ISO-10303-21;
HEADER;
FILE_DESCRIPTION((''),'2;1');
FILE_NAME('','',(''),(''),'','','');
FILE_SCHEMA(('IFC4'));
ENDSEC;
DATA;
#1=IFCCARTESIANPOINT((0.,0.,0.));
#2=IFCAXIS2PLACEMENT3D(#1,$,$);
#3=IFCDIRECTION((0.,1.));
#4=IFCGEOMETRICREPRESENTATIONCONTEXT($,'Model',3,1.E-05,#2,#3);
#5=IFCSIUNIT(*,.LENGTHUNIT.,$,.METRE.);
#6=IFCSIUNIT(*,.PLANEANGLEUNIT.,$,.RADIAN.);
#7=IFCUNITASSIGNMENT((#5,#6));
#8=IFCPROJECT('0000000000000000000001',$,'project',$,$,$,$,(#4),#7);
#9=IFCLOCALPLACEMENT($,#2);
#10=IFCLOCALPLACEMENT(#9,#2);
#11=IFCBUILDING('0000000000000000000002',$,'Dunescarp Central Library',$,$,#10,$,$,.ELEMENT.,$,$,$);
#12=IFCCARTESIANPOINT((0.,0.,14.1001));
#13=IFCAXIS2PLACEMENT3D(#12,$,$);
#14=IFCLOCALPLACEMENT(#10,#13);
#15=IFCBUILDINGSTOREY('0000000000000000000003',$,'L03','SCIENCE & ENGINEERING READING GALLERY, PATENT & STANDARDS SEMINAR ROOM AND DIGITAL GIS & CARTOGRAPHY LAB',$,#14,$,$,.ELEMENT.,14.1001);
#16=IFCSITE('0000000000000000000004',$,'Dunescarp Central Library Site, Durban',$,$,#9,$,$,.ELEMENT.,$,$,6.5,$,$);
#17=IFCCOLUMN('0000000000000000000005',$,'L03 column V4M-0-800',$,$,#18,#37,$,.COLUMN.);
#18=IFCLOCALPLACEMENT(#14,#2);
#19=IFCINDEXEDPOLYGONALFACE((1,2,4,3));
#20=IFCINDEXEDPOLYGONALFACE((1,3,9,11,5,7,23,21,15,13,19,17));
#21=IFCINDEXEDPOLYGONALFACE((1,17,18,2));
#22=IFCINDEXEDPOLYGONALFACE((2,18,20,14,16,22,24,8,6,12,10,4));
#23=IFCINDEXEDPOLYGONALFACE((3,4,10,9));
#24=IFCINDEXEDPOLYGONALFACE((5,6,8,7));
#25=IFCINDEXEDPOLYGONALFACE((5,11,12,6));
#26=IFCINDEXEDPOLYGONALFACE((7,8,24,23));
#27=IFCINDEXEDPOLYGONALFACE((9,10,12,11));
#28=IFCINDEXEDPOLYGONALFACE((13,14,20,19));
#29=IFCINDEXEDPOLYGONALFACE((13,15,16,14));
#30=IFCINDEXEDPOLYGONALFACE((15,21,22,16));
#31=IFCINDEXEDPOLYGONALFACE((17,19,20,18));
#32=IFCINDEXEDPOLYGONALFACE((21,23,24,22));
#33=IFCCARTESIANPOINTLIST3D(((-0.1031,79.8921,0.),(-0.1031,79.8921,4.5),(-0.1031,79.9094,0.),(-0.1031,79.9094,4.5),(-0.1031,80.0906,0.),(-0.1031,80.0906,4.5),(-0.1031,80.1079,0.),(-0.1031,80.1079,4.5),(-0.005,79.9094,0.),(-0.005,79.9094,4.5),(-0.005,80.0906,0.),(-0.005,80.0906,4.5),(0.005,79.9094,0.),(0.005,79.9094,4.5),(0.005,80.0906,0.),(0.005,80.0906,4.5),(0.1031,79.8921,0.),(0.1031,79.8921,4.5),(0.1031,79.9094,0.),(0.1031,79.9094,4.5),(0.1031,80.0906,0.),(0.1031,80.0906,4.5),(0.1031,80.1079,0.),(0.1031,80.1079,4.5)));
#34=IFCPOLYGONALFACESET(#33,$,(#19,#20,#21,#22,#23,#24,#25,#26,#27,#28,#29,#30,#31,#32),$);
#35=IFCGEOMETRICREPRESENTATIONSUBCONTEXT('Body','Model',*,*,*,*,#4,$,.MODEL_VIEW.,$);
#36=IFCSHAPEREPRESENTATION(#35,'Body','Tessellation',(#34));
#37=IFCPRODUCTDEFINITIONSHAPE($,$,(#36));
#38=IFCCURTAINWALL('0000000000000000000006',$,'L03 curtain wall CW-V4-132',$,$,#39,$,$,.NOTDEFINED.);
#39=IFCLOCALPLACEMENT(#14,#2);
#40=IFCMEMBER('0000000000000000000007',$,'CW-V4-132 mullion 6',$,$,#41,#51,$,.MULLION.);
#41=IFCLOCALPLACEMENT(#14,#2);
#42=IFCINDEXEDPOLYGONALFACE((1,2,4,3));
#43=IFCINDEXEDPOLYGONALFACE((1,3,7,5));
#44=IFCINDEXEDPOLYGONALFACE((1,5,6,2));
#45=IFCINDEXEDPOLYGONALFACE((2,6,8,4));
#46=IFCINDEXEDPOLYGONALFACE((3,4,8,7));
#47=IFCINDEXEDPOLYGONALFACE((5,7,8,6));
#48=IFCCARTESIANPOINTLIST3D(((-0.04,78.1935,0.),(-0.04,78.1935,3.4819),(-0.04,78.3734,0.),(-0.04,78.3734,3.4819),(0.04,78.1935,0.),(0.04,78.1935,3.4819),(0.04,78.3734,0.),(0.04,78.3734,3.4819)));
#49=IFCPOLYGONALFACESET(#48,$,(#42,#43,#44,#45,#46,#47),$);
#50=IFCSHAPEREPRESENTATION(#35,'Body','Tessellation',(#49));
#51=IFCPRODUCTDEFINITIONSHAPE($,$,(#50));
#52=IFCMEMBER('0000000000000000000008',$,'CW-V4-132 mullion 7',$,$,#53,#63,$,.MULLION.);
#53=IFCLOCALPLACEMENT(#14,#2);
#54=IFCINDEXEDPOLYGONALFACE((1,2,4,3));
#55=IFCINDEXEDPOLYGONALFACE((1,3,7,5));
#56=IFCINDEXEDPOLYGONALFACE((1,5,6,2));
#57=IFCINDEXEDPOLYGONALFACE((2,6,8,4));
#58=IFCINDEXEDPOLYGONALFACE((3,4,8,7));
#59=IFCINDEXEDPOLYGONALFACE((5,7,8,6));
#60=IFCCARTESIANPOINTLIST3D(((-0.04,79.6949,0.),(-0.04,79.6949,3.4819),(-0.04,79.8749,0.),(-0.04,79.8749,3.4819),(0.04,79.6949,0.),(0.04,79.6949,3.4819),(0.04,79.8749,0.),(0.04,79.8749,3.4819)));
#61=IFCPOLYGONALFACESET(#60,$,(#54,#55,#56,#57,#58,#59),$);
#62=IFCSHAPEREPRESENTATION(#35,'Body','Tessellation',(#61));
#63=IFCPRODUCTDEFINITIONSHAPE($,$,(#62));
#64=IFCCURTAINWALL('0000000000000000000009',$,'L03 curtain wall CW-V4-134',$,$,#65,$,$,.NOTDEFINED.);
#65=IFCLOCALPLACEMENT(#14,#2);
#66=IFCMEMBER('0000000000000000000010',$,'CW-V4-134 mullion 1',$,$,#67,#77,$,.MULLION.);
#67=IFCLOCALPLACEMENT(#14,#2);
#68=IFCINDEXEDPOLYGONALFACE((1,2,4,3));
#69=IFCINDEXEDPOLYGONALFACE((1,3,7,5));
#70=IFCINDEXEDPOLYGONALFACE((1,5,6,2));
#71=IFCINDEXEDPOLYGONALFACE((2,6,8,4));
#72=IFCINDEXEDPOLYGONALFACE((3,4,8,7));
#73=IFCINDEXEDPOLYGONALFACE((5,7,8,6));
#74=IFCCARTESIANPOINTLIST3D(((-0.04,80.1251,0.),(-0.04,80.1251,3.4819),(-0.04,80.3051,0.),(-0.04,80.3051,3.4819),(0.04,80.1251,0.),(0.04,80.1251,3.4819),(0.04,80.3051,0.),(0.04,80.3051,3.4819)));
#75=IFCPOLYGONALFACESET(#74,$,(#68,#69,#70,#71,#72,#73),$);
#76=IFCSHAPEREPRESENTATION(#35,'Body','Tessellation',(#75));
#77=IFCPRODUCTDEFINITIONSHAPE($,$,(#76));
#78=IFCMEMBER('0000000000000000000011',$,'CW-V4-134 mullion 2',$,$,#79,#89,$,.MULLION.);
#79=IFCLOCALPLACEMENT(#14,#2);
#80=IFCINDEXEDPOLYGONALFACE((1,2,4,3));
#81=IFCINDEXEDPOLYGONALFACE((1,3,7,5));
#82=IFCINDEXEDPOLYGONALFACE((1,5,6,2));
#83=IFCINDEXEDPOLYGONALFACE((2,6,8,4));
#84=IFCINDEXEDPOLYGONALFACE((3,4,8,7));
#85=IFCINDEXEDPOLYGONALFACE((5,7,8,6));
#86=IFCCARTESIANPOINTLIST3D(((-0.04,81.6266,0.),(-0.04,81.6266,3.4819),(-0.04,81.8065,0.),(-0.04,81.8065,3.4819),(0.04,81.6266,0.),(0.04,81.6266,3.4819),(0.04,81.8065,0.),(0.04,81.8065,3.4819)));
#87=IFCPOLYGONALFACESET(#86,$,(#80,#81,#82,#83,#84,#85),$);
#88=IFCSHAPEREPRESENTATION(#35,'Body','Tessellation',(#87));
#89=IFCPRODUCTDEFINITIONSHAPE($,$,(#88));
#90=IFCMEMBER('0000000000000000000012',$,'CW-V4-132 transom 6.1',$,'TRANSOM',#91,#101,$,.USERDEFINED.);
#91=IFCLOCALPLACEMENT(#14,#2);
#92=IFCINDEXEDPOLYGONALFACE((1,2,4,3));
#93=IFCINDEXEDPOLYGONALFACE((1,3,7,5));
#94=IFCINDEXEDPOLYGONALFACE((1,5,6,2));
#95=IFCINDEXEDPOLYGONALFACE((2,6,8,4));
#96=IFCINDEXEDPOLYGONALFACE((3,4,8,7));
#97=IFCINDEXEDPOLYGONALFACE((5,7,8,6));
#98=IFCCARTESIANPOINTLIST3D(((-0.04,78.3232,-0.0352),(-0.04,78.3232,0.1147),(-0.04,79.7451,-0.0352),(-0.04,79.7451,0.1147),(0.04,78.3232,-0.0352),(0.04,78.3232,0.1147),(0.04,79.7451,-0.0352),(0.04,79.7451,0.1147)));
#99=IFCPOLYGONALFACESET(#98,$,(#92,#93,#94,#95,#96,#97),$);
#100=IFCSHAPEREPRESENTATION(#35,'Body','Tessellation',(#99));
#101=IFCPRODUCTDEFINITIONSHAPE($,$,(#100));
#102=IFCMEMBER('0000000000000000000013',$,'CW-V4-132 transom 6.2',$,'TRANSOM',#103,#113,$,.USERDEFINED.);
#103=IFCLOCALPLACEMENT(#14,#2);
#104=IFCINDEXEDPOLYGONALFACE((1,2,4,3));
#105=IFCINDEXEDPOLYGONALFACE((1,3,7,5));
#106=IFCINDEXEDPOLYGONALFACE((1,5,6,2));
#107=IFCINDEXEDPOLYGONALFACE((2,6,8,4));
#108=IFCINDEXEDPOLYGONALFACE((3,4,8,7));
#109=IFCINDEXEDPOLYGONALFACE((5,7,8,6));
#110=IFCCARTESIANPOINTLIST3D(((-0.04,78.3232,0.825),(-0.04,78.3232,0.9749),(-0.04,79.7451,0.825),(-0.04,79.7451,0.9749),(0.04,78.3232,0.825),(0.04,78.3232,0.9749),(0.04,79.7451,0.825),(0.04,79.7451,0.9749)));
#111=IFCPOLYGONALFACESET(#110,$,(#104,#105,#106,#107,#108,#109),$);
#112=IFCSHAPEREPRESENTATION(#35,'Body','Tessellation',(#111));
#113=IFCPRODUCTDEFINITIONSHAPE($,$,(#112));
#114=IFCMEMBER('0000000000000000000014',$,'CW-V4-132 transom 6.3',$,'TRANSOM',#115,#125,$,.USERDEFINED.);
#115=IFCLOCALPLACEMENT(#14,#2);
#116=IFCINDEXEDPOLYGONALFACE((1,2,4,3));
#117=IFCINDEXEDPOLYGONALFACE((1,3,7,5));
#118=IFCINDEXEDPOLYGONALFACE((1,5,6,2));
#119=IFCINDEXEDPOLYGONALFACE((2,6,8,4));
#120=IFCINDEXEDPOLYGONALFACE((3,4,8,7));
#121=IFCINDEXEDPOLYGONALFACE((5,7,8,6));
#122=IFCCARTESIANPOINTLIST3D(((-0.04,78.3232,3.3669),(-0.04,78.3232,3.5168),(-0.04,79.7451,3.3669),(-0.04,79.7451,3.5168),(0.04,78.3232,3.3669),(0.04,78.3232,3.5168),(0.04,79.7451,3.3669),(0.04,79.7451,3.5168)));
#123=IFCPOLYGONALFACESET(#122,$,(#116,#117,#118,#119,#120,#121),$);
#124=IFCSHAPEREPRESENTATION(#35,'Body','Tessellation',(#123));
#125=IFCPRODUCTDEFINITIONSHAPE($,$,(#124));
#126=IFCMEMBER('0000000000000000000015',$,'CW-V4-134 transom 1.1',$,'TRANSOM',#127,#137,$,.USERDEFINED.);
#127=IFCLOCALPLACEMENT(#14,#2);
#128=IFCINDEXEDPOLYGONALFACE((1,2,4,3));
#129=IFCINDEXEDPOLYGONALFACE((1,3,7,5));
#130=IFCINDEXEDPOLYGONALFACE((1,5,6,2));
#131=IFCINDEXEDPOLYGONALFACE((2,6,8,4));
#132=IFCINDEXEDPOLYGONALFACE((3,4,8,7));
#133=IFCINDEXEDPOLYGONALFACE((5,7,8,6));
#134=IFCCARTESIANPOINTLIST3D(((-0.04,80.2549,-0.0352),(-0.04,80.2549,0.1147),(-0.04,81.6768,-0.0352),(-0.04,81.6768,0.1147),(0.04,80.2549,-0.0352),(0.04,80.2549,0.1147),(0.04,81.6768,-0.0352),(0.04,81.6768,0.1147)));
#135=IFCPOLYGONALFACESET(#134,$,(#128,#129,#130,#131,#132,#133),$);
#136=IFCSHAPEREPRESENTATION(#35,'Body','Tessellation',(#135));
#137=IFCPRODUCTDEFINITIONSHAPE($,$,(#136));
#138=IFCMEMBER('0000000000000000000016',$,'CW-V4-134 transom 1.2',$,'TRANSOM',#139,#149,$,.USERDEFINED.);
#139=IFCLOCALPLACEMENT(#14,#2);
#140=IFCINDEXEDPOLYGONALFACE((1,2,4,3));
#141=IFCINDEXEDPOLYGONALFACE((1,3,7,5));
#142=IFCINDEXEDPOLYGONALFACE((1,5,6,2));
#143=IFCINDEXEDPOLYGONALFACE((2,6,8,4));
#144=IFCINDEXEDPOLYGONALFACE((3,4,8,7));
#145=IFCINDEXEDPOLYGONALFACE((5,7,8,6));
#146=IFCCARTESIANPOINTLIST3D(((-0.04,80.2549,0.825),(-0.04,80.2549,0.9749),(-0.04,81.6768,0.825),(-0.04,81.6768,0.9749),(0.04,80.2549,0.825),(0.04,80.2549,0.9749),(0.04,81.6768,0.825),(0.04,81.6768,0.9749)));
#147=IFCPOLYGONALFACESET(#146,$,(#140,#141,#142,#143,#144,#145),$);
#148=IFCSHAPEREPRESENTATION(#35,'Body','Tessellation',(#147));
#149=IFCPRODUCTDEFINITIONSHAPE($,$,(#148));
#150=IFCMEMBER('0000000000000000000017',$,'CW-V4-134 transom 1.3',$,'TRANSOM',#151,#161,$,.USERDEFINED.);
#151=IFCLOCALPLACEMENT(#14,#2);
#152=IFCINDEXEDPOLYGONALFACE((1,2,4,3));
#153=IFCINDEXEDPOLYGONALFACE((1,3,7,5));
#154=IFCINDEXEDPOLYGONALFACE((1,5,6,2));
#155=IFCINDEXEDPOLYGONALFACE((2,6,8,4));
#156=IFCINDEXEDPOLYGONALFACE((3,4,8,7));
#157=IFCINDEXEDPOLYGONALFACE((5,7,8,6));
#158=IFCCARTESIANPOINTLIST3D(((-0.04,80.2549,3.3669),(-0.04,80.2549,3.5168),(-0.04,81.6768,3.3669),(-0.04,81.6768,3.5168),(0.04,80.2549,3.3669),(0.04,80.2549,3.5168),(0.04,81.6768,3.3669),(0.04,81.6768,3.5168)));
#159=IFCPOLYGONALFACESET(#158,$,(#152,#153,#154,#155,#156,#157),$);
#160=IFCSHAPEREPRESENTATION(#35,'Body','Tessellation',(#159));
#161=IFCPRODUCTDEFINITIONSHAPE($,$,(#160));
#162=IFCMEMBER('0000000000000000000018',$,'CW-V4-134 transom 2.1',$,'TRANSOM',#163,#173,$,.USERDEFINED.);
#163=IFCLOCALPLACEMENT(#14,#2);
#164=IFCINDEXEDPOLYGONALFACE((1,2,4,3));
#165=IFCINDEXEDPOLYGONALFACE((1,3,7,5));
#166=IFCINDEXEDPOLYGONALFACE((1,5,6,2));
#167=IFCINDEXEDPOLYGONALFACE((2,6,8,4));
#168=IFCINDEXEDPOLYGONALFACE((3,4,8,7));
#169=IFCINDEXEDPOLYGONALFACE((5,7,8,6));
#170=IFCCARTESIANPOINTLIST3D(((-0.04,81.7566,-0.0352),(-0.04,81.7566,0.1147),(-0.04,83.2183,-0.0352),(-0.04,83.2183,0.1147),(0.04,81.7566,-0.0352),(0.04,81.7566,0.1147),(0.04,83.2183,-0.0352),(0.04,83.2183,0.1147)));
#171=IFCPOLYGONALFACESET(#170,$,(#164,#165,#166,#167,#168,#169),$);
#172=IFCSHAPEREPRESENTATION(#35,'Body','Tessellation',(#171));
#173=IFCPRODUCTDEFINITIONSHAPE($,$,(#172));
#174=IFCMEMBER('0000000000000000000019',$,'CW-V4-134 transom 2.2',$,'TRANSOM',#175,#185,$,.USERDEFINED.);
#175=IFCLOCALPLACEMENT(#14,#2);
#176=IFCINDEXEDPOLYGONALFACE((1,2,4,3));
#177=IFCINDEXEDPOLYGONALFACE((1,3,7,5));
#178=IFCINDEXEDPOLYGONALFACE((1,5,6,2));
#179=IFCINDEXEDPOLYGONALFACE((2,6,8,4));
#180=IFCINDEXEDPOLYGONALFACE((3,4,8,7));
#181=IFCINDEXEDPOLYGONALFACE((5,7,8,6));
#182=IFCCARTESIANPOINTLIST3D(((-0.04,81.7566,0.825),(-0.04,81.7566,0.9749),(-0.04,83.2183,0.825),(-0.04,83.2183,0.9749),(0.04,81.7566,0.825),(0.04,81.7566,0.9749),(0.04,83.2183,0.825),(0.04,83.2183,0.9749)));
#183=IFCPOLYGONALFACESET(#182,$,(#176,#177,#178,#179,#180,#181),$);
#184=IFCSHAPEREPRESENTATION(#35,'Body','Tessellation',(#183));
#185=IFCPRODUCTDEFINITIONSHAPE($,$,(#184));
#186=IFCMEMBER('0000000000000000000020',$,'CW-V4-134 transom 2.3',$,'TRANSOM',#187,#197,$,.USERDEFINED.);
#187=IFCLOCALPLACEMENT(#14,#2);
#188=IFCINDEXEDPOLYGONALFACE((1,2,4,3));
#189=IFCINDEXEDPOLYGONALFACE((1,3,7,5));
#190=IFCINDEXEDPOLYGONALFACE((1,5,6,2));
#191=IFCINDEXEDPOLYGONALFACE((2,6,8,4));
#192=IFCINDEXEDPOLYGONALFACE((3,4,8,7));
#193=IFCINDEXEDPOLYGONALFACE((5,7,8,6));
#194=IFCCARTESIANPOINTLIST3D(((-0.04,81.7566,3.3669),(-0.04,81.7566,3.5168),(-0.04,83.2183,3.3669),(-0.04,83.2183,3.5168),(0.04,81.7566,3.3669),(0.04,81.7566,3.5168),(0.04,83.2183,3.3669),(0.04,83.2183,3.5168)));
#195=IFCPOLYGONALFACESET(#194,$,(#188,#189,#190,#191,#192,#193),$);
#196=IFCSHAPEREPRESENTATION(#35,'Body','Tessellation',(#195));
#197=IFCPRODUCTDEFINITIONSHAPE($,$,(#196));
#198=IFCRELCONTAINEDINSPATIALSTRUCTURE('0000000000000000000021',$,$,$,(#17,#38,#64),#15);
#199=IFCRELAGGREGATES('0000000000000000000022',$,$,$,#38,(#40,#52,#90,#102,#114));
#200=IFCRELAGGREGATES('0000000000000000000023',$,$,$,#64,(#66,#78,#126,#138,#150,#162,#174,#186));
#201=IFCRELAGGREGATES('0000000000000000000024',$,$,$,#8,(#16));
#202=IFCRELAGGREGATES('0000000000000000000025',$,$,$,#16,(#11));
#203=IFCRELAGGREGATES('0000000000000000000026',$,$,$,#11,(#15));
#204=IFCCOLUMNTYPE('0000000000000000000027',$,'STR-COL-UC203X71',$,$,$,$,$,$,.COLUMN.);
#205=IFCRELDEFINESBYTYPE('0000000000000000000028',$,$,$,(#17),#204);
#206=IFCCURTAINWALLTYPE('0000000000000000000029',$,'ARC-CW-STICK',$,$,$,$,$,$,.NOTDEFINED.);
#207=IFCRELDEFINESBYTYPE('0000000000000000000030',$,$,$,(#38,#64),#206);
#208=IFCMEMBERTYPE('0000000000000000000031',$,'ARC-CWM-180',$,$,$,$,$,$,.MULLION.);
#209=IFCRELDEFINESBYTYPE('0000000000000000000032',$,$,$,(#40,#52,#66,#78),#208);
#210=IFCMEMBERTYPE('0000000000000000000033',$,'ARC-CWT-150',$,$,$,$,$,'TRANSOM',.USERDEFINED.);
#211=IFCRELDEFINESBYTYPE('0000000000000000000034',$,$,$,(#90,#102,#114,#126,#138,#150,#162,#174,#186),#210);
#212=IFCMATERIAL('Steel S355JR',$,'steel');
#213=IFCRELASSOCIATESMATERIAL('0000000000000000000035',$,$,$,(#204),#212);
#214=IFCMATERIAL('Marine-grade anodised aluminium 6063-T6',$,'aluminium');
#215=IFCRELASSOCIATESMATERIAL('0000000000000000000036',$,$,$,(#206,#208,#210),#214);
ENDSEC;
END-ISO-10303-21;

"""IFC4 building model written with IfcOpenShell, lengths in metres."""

from ifc_helpers import new_model, si_unit, direction, frame, origin, origin_2d, place, context, subcontext, project, spatial, rectangle, i_section, extrude, material, material_profile, profile_set, type_object, element, aggregate, save


model = new_model("IFC4")

# Units and contexts
model_context = context("Model", 3, precision=1e-05, world=origin(), true_north=direction((0.0, 1.0)))
body_context = subcontext(model_context, "Body", "Model", "MODEL_VIEW")
ifc_project = project(units=[si_unit("LENGTHUNIT", "METRE"), si_unit("PLANEANGLEUNIT", "RADIAN")], contexts=[model_context])

# Site, building, storey
site_placement = place(None, origin())
site = spatial("IfcSite", under=ifc_project, at=site_placement, Name="Dunescarp Central Library Site, Durban", CompositionType="ELEMENT", RefElevation=6.5)
building_placement = place(site_placement, origin())
building = spatial("IfcBuilding", under=site, at=building_placement, Name="Dunescarp Central Library", CompositionType="ELEMENT")
storey_placement = place(building_placement, frame((0.0, 0.0, 14.1001)))
storey = spatial("IfcBuildingStorey", under=building, at=storey_placement, Name="L03", Description="SCIENCE & ENGINEERING READING GALLERY, PATENT & STANDARDS SEMINAR ROOM AND DIGITAL GIS & CARTOGRAPHY LAB", CompositionType="ELEMENT", Elevation=14.1001)

# Column
ifc_material_1 = material(Name="Steel S355JR", Category="steel")
ifc_material_profile_1 = material_profile(ifc_material_1, i_section(OverallWidth=0.2063, OverallDepth=0.2158, WebThickness=0.01, FlangeThickness=0.0173, at=origin_2d()), Name="UC 203x203x71")
ifc_profile_set_1 = profile_set([ifc_material_profile_1], Name="Steel S355JR")
column_type = type_object("IfcColumnType", Name="STR-COL-UC203X71", PredefinedType="COLUMN", material=ifc_profile_set_1)
column_placement = place(storey_placement, frame((0.0, 80.0, 0.0), z_axis=(0.0, 0.0, 1.0), x_axis=(1.0, 0.0, 0.0)))
element("IfcColumn", 1, at=column_placement, inside=storey, type_object=column_type, Name="L03 column V4M-0-800", PredefinedType="COLUMN", context=body_context, shape_type="SweptSolid", body=[
    extrude(i_section(OverallWidth=0.2063, OverallDepth=0.2158, WebThickness=0.01, FlangeThickness=0.0173, at=origin_2d()), origin(), (0.0, 0.0, 1.0), 4.5),
])

# Curtain walls, members
ifc_material_2 = material(Name="Marine-grade anodised aluminium 6063-T6", Category="aluminium")
curtain_wall_type = type_object("IfcCurtainWallType", Name="ARC-CW-STICK", PredefinedType="NOTDEFINED", material=ifc_material_2)
curtain_wall_1_placement = place(storey_placement, origin())
curtain_wall_1 = element("IfcCurtainWall", 2, at=curtain_wall_1_placement, inside=storey, type_object=curtain_wall_type, Name="L03 curtain wall CW-V4-132", PredefinedType="NOTDEFINED")
ifc_material_profile_2 = material_profile(ifc_material_2, rectangle(XDim=0.0801, YDim=0.1799, at=origin_2d()), Name="AL 80x180")
ifc_profile_set_2 = profile_set([ifc_material_profile_2], Name="Marine-grade anodised aluminium 6063-T6")
member_type_1 = type_object("IfcMemberType", Name="ARC-CWM-180", PredefinedType="MULLION", material=ifc_profile_set_2)
member_1_placement = place(storey_placement, frame((0.0, 78.2834, 0.0), z_axis=(0.0, 0.0, 1.0), x_axis=(-1.0, 0.0, 0.0)))
member_1 = element("IfcMember", 3, at=member_1_placement, type_object=member_type_1, Name="CW-V4-132 mullion 6", PredefinedType="MULLION", context=body_context, shape_type="SweptSolid", body=[
    extrude(rectangle(XDim=0.0801, YDim=0.1799, at=origin_2d()), origin(), (0.0, 0.0, 1.0), 3.4819),
])
member_2_placement = place(storey_placement, frame((0.0, 79.7849, 0.0), z_axis=(0.0, 0.0, 1.0), x_axis=(-1.0, 0.0, 0.0)))
member_2 = element("IfcMember", 4, at=member_2_placement, type_object=member_type_1, Name="CW-V4-132 mullion 7", PredefinedType="MULLION", context=body_context, shape_type="SweptSolid", body=[
    extrude(rectangle(XDim=0.0801, YDim=0.1799, at=origin_2d()), origin(), (0.0, 0.0, 1.0), 3.4819),
])
curtain_wall_2_placement = place(storey_placement, origin())
curtain_wall_2 = element("IfcCurtainWall", 5, at=curtain_wall_2_placement, inside=storey, type_object=curtain_wall_type, Name="L03 curtain wall CW-V4-134", PredefinedType="NOTDEFINED")
member_3_placement = place(storey_placement, frame((0.0, 80.2151, 0.0), z_axis=(0.0, 0.0, 1.0), x_axis=(-1.0, 0.0, 0.0)))
member_3 = element("IfcMember", 6, at=member_3_placement, type_object=member_type_1, Name="CW-V4-134 mullion 1", PredefinedType="MULLION", context=body_context, shape_type="SweptSolid", body=[
    extrude(rectangle(XDim=0.0801, YDim=0.1799, at=origin_2d()), origin(), (0.0, 0.0, 1.0), 3.4819),
])
member_4_placement = place(storey_placement, frame((0.0, 81.7166, 0.0), z_axis=(0.0, 0.0, 1.0), x_axis=(-1.0, 0.0, 0.0)))
member_4 = element("IfcMember", 7, at=member_4_placement, type_object=member_type_1, Name="CW-V4-134 mullion 2", PredefinedType="MULLION", context=body_context, shape_type="SweptSolid", body=[
    extrude(rectangle(XDim=0.0801, YDim=0.1799, at=origin_2d()), origin(), (0.0, 0.0, 1.0), 3.4819),
])

# Members
ifc_material_profile_3 = material_profile(ifc_material_2, rectangle(XDim=0.0801, YDim=0.1499, at=origin_2d()), Name="AL 80x150")
ifc_profile_set_3 = profile_set([ifc_material_profile_3], Name="Marine-grade anodised aluminium 6063-T6")
member_type_2 = type_object("IfcMemberType", Name="ARC-CWT-150", ElementType="TRANSOM", PredefinedType="USERDEFINED", material=ifc_profile_set_3)
member_5_placement = place(storey_placement, frame((0.0, 78.3232, 0.0398), z_axis=(0.0, 1.0, 0.0), x_axis=(-1.0, 0.0, 0.0)))
member_5 = element("IfcMember", 8, at=member_5_placement, type_object=member_type_2, Name="CW-V4-132 transom 6.1", ObjectType="TRANSOM", PredefinedType="USERDEFINED", context=body_context, shape_type="SweptSolid", body=[
    extrude(rectangle(XDim=0.0801, YDim=0.1499, at=origin_2d()), origin(), (0.0, 0.0, 1.0), 1.4219),
])
member_6_placement = place(storey_placement, frame((0.0, 78.3232, 0.8999), z_axis=(0.0, 1.0, 0.0), x_axis=(-1.0, 0.0, 0.0)))
member_6 = element("IfcMember", 9, at=member_6_placement, type_object=member_type_2, Name="CW-V4-132 transom 6.2", ObjectType="TRANSOM", PredefinedType="USERDEFINED", context=body_context, shape_type="SweptSolid", body=[
    extrude(rectangle(XDim=0.0801, YDim=0.1499, at=origin_2d()), origin(), (0.0, 0.0, 1.0), 1.4219),
])
member_7_placement = place(storey_placement, frame((0.0, 78.3232, 3.4419), z_axis=(0.0, 1.0, 0.0), x_axis=(-1.0, 0.0, 0.0)))
member_7 = element("IfcMember", 10, at=member_7_placement, type_object=member_type_2, Name="CW-V4-132 transom 6.3", ObjectType="TRANSOM", PredefinedType="USERDEFINED", context=body_context, shape_type="SweptSolid", body=[
    extrude(rectangle(XDim=0.0801, YDim=0.1499, at=origin_2d()), origin(), (0.0, 0.0, 1.0), 1.4219),
])
member_8_placement = place(storey_placement, frame((0.0, 80.2549, 0.0398), z_axis=(0.0, 1.0, 0.0), x_axis=(-1.0, 0.0, 0.0)))
member_8 = element("IfcMember", 11, at=member_8_placement, type_object=member_type_2, Name="CW-V4-134 transom 1.1", ObjectType="TRANSOM", PredefinedType="USERDEFINED", context=body_context, shape_type="SweptSolid", body=[
    extrude(rectangle(XDim=0.0801, YDim=0.1499, at=origin_2d()), origin(), (0.0, 0.0, 1.0), 1.4219),
])
member_9_placement = place(storey_placement, frame((0.0, 80.2549, 0.8999), z_axis=(0.0, 1.0, 0.0), x_axis=(-1.0, 0.0, 0.0)))
member_9 = element("IfcMember", 12, at=member_9_placement, type_object=member_type_2, Name="CW-V4-134 transom 1.2", ObjectType="TRANSOM", PredefinedType="USERDEFINED", context=body_context, shape_type="SweptSolid", body=[
    extrude(rectangle(XDim=0.0801, YDim=0.1499, at=origin_2d()), origin(), (0.0, 0.0, 1.0), 1.4219),
])
member_10_placement = place(storey_placement, frame((0.0, 80.2549, 3.4419), z_axis=(0.0, 1.0, 0.0), x_axis=(-1.0, 0.0, 0.0)))
member_10 = element("IfcMember", 13, at=member_10_placement, type_object=member_type_2, Name="CW-V4-134 transom 1.3", ObjectType="TRANSOM", PredefinedType="USERDEFINED", context=body_context, shape_type="SweptSolid", body=[
    extrude(rectangle(XDim=0.0801, YDim=0.1499, at=origin_2d()), origin(), (0.0, 0.0, 1.0), 1.4219),
])
member_11_placement = place(storey_placement, frame((0.0, 81.7566, 0.0398), z_axis=(0.0, 1.0, 0.0), x_axis=(-1.0, 0.0, 0.0)))
member_11 = element("IfcMember", 14, at=member_11_placement, type_object=member_type_2, Name="CW-V4-134 transom 2.1", ObjectType="TRANSOM", PredefinedType="USERDEFINED", context=body_context, shape_type="SweptSolid", body=[
    extrude(rectangle(XDim=0.0801, YDim=0.1499, at=origin_2d()), origin(), (0.0, 0.0, 1.0), 1.4617),
])
member_12_placement = place(storey_placement, frame((0.0, 81.7566, 0.8999), z_axis=(0.0, 1.0, 0.0), x_axis=(-1.0, 0.0, 0.0)))
member_12 = element("IfcMember", 15, at=member_12_placement, type_object=member_type_2, Name="CW-V4-134 transom 2.2", ObjectType="TRANSOM", PredefinedType="USERDEFINED", context=body_context, shape_type="SweptSolid", body=[
    extrude(rectangle(XDim=0.0801, YDim=0.1499, at=origin_2d()), origin(), (0.0, 0.0, 1.0), 1.4617),
])
member_13_placement = place(storey_placement, frame((0.0, 81.7566, 3.4419), z_axis=(0.0, 1.0, 0.0), x_axis=(-1.0, 0.0, 0.0)))
member_13 = element("IfcMember", 16, at=member_13_placement, type_object=member_type_2, Name="CW-V4-134 transom 2.3", ObjectType="TRANSOM", PredefinedType="USERDEFINED", context=body_context, shape_type="SweptSolid", body=[
    extrude(rectangle(XDim=0.0801, YDim=0.1499, at=origin_2d()), origin(), (0.0, 0.0, 1.0), 1.4617),
])

aggregate(curtain_wall_1, [member_1, member_2, member_5, member_6, member_7])
aggregate(curtain_wall_2, [member_3, member_4, member_8, member_9, member_10, member_11, member_12, member_13])

save(model, "model.ifc")
